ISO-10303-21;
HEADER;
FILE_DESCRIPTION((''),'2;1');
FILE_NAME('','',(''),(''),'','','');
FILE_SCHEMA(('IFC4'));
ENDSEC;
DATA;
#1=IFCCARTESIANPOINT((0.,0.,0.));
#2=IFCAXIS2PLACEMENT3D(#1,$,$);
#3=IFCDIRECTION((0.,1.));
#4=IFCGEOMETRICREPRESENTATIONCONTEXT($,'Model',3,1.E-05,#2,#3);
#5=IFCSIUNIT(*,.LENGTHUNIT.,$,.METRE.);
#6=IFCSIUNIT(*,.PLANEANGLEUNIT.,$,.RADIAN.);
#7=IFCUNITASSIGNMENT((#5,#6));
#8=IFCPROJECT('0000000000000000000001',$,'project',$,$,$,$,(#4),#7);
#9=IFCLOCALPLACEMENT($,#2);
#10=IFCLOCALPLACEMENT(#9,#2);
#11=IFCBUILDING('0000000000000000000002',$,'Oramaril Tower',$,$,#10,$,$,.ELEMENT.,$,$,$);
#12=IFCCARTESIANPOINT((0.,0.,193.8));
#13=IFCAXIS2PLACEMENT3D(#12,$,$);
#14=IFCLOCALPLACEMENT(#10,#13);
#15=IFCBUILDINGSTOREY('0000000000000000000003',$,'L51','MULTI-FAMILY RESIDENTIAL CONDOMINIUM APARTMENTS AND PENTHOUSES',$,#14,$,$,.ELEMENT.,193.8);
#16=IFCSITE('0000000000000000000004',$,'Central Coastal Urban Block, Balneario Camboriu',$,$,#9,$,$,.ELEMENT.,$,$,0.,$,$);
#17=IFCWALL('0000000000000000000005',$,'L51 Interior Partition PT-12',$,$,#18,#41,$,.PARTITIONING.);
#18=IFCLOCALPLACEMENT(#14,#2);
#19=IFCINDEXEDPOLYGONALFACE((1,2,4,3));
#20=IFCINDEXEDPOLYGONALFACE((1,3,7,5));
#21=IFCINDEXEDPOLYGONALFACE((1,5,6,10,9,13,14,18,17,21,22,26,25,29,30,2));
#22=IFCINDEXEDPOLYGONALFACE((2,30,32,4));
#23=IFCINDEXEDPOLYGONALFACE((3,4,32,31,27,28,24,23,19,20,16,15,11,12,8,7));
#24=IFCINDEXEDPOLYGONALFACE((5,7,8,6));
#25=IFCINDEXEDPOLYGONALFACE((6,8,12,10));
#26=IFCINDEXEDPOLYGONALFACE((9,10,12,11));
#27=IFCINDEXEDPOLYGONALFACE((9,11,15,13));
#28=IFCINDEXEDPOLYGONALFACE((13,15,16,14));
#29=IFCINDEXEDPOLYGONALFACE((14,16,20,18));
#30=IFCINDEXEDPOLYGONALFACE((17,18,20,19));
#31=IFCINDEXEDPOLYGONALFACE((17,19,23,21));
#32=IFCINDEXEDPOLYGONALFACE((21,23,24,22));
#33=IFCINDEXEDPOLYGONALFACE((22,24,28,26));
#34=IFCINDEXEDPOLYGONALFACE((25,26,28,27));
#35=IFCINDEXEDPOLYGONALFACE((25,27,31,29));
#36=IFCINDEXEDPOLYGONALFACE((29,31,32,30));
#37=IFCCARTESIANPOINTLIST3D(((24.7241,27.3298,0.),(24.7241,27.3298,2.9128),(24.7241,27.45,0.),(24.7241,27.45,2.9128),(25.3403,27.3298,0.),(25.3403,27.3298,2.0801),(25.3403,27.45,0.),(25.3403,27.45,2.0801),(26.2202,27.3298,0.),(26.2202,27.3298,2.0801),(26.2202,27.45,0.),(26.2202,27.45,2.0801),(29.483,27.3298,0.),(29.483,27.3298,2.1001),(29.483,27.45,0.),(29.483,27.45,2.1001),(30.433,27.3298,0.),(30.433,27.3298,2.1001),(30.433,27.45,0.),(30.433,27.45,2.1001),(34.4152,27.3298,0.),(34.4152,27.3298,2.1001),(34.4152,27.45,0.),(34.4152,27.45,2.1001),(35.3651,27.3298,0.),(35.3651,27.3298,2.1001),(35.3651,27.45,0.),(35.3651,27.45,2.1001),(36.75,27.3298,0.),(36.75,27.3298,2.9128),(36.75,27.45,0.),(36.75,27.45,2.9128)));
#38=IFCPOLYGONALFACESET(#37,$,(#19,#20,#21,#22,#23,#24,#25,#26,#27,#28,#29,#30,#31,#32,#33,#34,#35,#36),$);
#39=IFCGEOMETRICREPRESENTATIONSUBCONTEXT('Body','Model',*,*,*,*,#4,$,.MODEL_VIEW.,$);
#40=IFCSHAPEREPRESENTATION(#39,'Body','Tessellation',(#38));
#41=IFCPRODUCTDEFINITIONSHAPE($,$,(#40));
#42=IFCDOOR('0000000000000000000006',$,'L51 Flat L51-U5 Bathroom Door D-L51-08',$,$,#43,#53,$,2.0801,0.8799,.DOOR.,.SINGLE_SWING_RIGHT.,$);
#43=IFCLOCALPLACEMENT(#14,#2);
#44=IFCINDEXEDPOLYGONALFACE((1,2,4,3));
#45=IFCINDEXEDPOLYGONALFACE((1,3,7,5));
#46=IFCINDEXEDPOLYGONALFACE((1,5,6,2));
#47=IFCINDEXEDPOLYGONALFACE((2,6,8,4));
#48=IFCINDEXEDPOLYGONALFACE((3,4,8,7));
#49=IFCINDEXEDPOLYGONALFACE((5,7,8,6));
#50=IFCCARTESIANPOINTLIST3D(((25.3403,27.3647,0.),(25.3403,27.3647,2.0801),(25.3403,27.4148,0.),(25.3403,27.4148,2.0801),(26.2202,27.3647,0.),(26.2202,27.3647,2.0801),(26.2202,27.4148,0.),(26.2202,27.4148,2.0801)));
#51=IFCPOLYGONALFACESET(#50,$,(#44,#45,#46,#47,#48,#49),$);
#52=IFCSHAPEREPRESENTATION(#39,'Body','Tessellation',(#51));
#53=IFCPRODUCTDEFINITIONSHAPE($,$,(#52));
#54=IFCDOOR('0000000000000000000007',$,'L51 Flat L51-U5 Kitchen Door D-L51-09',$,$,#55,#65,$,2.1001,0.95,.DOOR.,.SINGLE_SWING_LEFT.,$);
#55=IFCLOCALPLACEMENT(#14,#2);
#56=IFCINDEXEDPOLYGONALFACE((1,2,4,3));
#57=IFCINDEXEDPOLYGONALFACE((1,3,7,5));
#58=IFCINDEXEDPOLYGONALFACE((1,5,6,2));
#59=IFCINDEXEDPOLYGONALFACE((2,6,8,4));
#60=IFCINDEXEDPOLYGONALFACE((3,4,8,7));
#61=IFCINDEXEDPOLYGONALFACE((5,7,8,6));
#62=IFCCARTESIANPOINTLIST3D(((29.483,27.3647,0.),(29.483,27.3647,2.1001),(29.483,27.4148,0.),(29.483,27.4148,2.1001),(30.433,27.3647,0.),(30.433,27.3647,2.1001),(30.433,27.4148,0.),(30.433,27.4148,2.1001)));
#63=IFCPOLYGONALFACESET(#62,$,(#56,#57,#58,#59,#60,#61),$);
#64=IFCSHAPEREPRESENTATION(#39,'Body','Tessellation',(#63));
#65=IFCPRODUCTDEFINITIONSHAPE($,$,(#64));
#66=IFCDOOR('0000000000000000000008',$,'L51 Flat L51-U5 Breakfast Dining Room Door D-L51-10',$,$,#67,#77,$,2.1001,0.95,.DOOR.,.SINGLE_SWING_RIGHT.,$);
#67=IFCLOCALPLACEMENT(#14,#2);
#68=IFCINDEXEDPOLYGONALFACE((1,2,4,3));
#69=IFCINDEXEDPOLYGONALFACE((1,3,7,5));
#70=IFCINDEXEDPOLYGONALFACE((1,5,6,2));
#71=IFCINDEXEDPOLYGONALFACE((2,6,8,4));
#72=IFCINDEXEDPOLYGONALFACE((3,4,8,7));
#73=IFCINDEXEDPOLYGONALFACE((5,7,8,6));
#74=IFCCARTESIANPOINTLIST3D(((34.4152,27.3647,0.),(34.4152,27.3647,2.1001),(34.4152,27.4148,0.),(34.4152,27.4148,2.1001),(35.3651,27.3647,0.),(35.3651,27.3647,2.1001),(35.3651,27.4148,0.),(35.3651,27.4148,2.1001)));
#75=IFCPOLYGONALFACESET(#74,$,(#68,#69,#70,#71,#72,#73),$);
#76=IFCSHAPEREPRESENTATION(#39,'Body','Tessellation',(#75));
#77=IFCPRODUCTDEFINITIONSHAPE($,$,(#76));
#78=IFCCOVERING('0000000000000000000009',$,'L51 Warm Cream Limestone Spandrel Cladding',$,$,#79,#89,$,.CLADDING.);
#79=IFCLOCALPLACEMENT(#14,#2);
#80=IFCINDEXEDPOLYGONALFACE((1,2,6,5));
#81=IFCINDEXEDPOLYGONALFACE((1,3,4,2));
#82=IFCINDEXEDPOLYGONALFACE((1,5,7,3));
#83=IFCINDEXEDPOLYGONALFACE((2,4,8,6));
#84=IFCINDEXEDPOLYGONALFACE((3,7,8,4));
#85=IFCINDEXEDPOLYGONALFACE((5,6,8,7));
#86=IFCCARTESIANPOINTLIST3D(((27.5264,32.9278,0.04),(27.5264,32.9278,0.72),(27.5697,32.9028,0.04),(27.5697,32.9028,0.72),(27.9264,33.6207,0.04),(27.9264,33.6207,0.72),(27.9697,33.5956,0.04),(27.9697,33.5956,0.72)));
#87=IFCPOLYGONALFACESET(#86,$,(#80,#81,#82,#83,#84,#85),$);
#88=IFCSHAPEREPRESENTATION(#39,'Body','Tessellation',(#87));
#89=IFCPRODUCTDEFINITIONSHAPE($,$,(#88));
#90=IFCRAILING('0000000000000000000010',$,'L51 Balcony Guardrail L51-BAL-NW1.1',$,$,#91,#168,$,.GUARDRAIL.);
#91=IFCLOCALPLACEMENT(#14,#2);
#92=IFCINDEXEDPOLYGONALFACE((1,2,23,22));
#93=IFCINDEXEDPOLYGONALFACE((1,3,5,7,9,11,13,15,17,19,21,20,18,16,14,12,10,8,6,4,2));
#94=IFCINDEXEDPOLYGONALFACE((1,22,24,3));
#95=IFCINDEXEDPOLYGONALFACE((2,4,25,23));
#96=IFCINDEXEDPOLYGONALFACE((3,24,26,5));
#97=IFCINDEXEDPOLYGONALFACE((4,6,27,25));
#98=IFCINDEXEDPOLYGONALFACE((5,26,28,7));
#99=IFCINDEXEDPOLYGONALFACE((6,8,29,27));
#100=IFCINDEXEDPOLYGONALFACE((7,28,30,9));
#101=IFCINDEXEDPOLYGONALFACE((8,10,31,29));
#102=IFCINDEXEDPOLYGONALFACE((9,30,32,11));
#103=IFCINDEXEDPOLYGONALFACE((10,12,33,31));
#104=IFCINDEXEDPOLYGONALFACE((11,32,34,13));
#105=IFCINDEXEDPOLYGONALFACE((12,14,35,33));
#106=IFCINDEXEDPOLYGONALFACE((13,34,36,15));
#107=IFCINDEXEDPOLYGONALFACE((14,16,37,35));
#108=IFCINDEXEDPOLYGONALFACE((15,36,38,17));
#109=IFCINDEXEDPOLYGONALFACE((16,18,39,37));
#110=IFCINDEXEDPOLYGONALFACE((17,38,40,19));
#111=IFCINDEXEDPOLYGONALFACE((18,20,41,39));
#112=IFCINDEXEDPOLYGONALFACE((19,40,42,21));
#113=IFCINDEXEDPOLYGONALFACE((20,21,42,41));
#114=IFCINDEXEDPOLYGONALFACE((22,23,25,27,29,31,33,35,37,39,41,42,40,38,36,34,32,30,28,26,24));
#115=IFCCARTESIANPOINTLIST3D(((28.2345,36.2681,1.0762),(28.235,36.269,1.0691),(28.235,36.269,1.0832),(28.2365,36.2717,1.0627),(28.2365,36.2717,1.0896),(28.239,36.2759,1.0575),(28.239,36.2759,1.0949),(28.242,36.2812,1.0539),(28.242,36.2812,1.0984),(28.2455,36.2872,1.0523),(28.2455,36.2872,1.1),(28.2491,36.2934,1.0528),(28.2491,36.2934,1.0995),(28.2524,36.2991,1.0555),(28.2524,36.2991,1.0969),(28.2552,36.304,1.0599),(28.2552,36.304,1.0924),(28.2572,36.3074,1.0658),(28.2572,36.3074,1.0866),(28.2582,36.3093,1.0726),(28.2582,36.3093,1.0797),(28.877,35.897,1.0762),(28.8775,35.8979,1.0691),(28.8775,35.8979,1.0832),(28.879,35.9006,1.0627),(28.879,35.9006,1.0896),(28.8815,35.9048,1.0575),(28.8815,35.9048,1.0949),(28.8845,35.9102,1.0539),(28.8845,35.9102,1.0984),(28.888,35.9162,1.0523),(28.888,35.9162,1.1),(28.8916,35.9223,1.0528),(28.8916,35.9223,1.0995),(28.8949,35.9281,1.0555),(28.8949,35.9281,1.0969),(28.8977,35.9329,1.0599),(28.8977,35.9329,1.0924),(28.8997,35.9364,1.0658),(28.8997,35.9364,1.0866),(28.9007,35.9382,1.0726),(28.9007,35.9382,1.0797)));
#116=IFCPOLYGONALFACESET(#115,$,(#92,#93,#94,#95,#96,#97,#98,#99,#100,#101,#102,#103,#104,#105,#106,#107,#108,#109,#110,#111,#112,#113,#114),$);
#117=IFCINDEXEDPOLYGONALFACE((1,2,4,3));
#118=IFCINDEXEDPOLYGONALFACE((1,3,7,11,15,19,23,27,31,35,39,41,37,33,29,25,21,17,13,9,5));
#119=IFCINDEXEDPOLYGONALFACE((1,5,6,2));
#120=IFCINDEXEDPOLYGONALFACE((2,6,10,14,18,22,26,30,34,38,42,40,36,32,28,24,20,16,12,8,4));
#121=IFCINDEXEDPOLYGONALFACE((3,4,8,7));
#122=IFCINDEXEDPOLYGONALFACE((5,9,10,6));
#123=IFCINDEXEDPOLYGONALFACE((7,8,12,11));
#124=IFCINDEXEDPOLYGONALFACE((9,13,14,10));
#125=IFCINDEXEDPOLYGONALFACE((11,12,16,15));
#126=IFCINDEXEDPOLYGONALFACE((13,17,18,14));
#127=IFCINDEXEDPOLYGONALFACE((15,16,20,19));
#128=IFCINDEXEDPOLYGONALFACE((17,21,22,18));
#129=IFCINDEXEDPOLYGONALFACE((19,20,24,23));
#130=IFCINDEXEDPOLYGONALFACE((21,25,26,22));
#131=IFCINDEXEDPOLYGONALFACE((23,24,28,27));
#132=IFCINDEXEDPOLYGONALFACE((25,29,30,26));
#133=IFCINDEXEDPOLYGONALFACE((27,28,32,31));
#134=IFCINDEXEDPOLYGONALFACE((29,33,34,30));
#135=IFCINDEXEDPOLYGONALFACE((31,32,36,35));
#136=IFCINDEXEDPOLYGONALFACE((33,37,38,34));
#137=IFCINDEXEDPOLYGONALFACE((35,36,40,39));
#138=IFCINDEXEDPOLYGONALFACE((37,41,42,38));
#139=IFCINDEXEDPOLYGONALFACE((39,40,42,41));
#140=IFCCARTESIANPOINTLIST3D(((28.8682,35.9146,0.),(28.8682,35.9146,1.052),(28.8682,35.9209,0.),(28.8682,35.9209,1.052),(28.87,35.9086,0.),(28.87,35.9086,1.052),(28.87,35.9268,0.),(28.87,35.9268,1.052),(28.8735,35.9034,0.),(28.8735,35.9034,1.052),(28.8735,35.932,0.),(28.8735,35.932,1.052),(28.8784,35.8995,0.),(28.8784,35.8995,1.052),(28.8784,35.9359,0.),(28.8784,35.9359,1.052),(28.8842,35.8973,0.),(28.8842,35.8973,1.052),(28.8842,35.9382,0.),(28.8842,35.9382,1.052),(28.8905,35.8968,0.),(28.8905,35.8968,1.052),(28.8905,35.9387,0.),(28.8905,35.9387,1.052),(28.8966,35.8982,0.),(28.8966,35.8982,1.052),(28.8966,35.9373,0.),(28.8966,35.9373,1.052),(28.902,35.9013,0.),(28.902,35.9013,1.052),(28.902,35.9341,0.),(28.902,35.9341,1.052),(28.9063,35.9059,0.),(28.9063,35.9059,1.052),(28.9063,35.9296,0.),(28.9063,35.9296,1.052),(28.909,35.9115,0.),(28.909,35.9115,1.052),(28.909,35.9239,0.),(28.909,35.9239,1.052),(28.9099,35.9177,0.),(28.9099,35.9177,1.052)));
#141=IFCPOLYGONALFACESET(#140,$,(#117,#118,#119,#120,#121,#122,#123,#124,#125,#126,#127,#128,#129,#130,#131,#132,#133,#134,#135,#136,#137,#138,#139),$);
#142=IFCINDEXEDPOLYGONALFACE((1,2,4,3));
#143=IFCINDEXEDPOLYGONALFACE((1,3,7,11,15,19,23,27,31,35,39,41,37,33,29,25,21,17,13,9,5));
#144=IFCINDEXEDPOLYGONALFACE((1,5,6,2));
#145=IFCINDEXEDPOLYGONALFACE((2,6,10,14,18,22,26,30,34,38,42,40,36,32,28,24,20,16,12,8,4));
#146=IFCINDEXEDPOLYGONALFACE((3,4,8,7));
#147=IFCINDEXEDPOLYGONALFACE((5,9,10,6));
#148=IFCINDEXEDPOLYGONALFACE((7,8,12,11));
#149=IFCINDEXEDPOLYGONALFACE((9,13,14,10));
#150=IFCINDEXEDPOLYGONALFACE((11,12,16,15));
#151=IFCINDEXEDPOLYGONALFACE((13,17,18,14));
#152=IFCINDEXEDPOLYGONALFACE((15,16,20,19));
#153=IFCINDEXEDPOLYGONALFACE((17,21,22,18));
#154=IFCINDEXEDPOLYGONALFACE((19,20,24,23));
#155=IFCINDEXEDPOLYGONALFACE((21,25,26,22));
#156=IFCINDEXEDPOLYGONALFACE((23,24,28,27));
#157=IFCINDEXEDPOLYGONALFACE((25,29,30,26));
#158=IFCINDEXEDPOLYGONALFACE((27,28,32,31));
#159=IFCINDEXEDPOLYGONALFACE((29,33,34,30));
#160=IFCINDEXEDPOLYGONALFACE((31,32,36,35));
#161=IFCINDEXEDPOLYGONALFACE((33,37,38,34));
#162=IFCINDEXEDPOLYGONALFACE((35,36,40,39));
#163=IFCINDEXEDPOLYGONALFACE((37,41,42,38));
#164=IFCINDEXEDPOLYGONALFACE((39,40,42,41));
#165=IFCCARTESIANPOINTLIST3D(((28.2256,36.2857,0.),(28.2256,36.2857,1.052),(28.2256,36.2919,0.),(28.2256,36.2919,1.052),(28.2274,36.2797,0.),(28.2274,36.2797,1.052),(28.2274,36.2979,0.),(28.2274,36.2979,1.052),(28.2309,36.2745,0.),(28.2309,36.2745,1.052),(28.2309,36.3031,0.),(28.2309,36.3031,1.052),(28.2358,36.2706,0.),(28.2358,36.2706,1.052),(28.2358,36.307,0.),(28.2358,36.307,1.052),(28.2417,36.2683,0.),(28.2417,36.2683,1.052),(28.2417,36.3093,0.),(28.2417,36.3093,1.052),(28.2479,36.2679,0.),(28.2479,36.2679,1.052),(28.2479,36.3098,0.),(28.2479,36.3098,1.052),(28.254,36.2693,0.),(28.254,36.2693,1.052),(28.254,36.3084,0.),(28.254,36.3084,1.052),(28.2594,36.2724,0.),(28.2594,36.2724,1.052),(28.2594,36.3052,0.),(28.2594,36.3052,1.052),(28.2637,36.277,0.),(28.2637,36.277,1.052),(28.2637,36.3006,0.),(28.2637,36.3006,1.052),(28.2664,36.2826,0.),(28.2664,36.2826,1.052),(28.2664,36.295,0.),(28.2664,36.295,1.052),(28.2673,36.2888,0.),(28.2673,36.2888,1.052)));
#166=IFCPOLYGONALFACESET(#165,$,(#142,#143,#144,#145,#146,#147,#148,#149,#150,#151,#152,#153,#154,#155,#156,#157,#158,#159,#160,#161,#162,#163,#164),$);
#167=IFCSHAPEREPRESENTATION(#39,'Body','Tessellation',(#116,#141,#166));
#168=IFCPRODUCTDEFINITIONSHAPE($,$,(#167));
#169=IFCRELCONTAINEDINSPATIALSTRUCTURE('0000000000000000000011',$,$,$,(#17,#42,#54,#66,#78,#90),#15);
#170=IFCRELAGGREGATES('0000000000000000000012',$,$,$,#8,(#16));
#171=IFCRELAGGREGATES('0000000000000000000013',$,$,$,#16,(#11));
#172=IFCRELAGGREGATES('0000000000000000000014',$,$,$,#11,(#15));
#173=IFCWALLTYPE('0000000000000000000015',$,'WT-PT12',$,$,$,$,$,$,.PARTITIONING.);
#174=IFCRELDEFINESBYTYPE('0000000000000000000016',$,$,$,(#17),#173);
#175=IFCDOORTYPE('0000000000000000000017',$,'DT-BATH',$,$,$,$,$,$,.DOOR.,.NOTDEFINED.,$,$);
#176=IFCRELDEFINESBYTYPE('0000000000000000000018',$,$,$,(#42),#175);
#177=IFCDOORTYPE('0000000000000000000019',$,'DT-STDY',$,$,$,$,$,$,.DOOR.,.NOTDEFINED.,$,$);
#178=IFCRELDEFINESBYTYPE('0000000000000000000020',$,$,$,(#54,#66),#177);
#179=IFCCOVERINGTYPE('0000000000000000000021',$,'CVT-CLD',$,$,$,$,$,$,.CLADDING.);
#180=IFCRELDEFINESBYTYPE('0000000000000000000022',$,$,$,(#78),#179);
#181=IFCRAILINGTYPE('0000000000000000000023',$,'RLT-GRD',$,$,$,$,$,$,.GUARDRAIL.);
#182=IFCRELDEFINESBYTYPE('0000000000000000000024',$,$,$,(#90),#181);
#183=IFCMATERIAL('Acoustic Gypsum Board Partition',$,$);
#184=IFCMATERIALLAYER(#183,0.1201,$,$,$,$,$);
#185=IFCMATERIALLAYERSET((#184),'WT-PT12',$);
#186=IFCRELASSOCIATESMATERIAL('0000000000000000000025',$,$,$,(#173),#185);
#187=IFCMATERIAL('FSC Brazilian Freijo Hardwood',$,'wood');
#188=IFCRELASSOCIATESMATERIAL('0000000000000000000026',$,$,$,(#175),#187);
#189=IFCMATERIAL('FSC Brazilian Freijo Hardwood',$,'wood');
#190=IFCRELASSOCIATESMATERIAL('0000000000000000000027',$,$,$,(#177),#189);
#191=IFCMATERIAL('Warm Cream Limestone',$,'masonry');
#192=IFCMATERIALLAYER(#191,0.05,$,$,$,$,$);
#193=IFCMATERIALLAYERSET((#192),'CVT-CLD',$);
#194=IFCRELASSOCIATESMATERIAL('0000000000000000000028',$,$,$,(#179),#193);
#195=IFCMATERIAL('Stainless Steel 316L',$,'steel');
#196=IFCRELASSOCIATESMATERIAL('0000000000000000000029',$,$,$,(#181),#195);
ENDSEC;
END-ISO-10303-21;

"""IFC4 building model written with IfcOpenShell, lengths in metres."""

from ifc_helpers import new_model, si_unit, direction, frame, frame_2d, origin, origin_2d, place, context, subcontext, project, spatial, rectangle, circle, extrude, material, layer, layer_set, type_object, element, fill, save


model = new_model("IFC4")

# Units and contexts
model_context = context("Model", 3, precision=1e-05, world=origin(), true_north=direction((0.0, 1.0)))
body_context = subcontext(model_context, "Body", "Model", "MODEL_VIEW")
ifc_project = project(units=[si_unit("LENGTHUNIT", "METRE"), si_unit("PLANEANGLEUNIT", "RADIAN")], contexts=[model_context])

# Site, building, storey
site_placement = place(None, origin())
site = spatial("IfcSite", under=ifc_project, at=site_placement, Name="Central Coastal Urban Block, Balneario Camboriu", CompositionType="ELEMENT", RefElevation=0.0)
building_placement = place(site_placement, origin())
building = spatial("IfcBuilding", under=site, at=building_placement, Name="Oramaril Tower", CompositionType="ELEMENT")
storey_placement = place(building_placement, frame((0.0, 0.0, 193.8)))
storey = spatial("IfcBuildingStorey", under=building, at=storey_placement, Name="L51", Description="MULTI-FAMILY RESIDENTIAL CONDOMINIUM APARTMENTS AND PENTHOUSES", CompositionType="ELEMENT", Elevation=193.8)

# Wall, openings, doors
ifc_material_1 = material(Name="Acoustic Gypsum Board Partition")
ifc_layer_1 = layer(ifc_material_1, 0.1201)
ifc_layer_set_1 = layer_set([ifc_layer_1], Name="WT-PT12")
wall_type = type_object("IfcWallType", Name="WT-PT12", PredefinedType="PARTITIONING", material=ifc_layer_set_1)
wall_placement = place(storey_placement, frame((24.7241, 27.3899, 0.0), z_axis=(0.0, 0.0, 1.0), x_axis=(1.0, 0.0, 0.0)))
wall = element("IfcWall", 1, at=wall_placement, inside=storey, type_object=wall_type, Name="L51 Interior Partition PT-12", PredefinedType="PARTITIONING", context=body_context, shape_type="SweptSolid", body=[
    extrude(rectangle(XDim=12.0259, YDim=0.1201, at=frame_2d((6.0129, 0.0))), origin(), (0.0, 0.0, 1.0), 2.9128),
])
opening_1_placement = place(wall_placement, frame((0.6162, 0.0, 0.0)))
opening_1 = element("IfcOpeningElement", 2, at=opening_1_placement, cuts=wall, PredefinedType="OPENING", context=body_context, shape_type="SweptSolid", body=[
    extrude(rectangle(XDim=0.8799, YDim=2.0801, at=frame_2d((0.4399, 1.04))), frame((0.0, 0.0601, 0.0), z_axis=(0.0, -1.0, 0.0), x_axis=(1.0, 0.0, 0.0)), (0.0, 0.0, 1.0), 0.1201),
])
opening_2_placement = place(wall_placement, frame((4.7588, 0.0, 0.0)))
opening_2 = element("IfcOpeningElement", 3, at=opening_2_placement, cuts=wall, PredefinedType="OPENING", context=body_context, shape_type="SweptSolid", body=[
    extrude(rectangle(XDim=0.95, YDim=2.1001, at=frame_2d((0.4751, 1.05))), frame((0.0, 0.0601, 0.0), z_axis=(0.0, -1.0, 0.0), x_axis=(1.0, 0.0, 0.0)), (0.0, 0.0, 1.0), 0.1201),
])
opening_3_placement = place(wall_placement, frame((9.6909, 0.0, 0.0)))
opening_3 = element("IfcOpeningElement", 4, at=opening_3_placement, cuts=wall, PredefinedType="OPENING", context=body_context, shape_type="SweptSolid", body=[
    extrude(rectangle(XDim=0.95, YDim=2.1001, at=frame_2d((0.4751, 1.05))), frame((0.0, 0.0601, 0.0), z_axis=(0.0, -1.0, 0.0), x_axis=(1.0, 0.0, 0.0)), (0.0, 0.0, 1.0), 0.1201),
])
ifc_material_2 = material(Name="FSC Brazilian Freijo Hardwood", Category="wood")
door_type_1 = type_object("IfcDoorType", Name="DT-BATH", OperationType="NOTDEFINED", PredefinedType="DOOR", material=ifc_material_2)
door_1_placement = place(opening_1_placement, origin())
door_1 = element("IfcDoor", 5, at=door_1_placement, inside=storey, type_object=door_type_1, Name="L51 Flat L51-U5 Bathroom Door D-L51-08", OperationType="SINGLE_SWING_RIGHT", OverallHeight=2.0801, OverallWidth=0.8799, PredefinedType="DOOR", context=body_context, shape_type="SweptSolid", body=[
    extrude(rectangle(XDim=0.8799, YDim=2.0801, at=frame_2d((0.4399, 1.04))), frame((0.0, 0.0249, 0.0), z_axis=(0.0, -1.0, 0.0), x_axis=(1.0, 0.0, 0.0)), (0.0, 0.0, 1.0), 0.05),
])
fill(opening_1, door_1)
ifc_material_3 = material(Name="FSC Brazilian Freijo Hardwood", Category="wood")
door_type_2 = type_object("IfcDoorType", Name="DT-STDY", OperationType="NOTDEFINED", PredefinedType="DOOR", material=ifc_material_3)
door_2_placement = place(opening_2_placement, origin())
door_2 = element("IfcDoor", 6, at=door_2_placement, inside=storey, type_object=door_type_2, Name="L51 Flat L51-U5 Kitchen Door D-L51-09", OperationType="SINGLE_SWING_LEFT", OverallHeight=2.1001, OverallWidth=0.95, PredefinedType="DOOR", context=body_context, shape_type="SweptSolid", body=[
    extrude(rectangle(XDim=0.95, YDim=2.1001, at=frame_2d((0.4751, 1.05))), frame((0.0, 0.0249, 0.0), z_axis=(0.0, -1.0, 0.0), x_axis=(1.0, 0.0, 0.0)), (0.0, 0.0, 1.0), 0.05),
])
fill(opening_2, door_2)
door_3_placement = place(opening_3_placement, origin())
door_3 = element("IfcDoor", 7, at=door_3_placement, inside=storey, type_object=door_type_2, Name="L51 Flat L51-U5 Breakfast Dining Room Door D-L51-10", OperationType="SINGLE_SWING_RIGHT", OverallHeight=2.1001, OverallWidth=0.95, PredefinedType="DOOR", context=body_context, shape_type="SweptSolid", body=[
    extrude(rectangle(XDim=0.95, YDim=2.1001, at=frame_2d((0.4751, 1.05))), frame((0.0, 0.0249, 0.0), z_axis=(0.0, -1.0, 0.0), x_axis=(1.0, 0.0, 0.0)), (0.0, 0.0, 1.0), 0.05),
])
fill(opening_3, door_3)

# Covering
ifc_material_4 = material(Name="Warm Cream Limestone", Category="masonry")
ifc_layer_2 = layer(ifc_material_4, 0.05)
ifc_layer_set_2 = layer_set([ifc_layer_2], Name="CVT-CLD")
covering_type = type_object("IfcCoveringType", Name="CVT-CLD", PredefinedType="CLADDING", material=ifc_layer_set_2)
covering_placement = place(storey_placement, frame((27.748, 33.2617, 0.04), z_axis=(0.0, 0.0, 1.0), x_axis=(-0.5, -0.866025, 0.0)))
element("IfcCovering", 8, at=covering_placement, inside=storey, type_object=covering_type, Name="L51 Warm Cream Limestone Spandrel Cladding", PredefinedType="CLADDING", context=body_context, shape_type="SweptSolid", body=[
    extrude(rectangle(XDim=0.8, YDim=0.05, at=origin_2d()), origin(), (0.0, 0.0, 1.0), 0.6799),
])

# Railing
ifc_material_5 = material(Name="Stainless Steel 316L", Category="steel")
railing_type = type_object("IfcRailingType", Name="RLT-GRD", PredefinedType="GUARDRAIL", material=ifc_material_5)
railing_1_placement = place(storey_placement, frame((28.8889, 35.9177, 0.0)))
element("IfcRailing", 9, at=railing_1_placement, inside=storey, type_object=railing_type, Name="L51 Balcony Guardrail L51-BAL-NW1.1", PredefinedType="GUARDRAIL", context=body_context, shape_type="SweptSolid", body=[
    extrude(circle(Radius=0.0239, at=origin_2d()), frame((0.0, 0.0, 1.0762), z_axis=(-0.865966, 0.500102, 0.0), x_axis=(-0.500102, -0.865966, 0.0)), (0.0, 0.0, 1.0), 0.7419),
    extrude(circle(Radius=0.021, at=origin_2d()), origin(), (0.0, 0.0, 1.0), 1.052),
    extrude(circle(Radius=0.021, at=origin_2d()), frame((-0.6426, 0.3711, 0.0)), (0.0, 0.0, 1.0), 1.052),
])

save(model, "model.ifc")
